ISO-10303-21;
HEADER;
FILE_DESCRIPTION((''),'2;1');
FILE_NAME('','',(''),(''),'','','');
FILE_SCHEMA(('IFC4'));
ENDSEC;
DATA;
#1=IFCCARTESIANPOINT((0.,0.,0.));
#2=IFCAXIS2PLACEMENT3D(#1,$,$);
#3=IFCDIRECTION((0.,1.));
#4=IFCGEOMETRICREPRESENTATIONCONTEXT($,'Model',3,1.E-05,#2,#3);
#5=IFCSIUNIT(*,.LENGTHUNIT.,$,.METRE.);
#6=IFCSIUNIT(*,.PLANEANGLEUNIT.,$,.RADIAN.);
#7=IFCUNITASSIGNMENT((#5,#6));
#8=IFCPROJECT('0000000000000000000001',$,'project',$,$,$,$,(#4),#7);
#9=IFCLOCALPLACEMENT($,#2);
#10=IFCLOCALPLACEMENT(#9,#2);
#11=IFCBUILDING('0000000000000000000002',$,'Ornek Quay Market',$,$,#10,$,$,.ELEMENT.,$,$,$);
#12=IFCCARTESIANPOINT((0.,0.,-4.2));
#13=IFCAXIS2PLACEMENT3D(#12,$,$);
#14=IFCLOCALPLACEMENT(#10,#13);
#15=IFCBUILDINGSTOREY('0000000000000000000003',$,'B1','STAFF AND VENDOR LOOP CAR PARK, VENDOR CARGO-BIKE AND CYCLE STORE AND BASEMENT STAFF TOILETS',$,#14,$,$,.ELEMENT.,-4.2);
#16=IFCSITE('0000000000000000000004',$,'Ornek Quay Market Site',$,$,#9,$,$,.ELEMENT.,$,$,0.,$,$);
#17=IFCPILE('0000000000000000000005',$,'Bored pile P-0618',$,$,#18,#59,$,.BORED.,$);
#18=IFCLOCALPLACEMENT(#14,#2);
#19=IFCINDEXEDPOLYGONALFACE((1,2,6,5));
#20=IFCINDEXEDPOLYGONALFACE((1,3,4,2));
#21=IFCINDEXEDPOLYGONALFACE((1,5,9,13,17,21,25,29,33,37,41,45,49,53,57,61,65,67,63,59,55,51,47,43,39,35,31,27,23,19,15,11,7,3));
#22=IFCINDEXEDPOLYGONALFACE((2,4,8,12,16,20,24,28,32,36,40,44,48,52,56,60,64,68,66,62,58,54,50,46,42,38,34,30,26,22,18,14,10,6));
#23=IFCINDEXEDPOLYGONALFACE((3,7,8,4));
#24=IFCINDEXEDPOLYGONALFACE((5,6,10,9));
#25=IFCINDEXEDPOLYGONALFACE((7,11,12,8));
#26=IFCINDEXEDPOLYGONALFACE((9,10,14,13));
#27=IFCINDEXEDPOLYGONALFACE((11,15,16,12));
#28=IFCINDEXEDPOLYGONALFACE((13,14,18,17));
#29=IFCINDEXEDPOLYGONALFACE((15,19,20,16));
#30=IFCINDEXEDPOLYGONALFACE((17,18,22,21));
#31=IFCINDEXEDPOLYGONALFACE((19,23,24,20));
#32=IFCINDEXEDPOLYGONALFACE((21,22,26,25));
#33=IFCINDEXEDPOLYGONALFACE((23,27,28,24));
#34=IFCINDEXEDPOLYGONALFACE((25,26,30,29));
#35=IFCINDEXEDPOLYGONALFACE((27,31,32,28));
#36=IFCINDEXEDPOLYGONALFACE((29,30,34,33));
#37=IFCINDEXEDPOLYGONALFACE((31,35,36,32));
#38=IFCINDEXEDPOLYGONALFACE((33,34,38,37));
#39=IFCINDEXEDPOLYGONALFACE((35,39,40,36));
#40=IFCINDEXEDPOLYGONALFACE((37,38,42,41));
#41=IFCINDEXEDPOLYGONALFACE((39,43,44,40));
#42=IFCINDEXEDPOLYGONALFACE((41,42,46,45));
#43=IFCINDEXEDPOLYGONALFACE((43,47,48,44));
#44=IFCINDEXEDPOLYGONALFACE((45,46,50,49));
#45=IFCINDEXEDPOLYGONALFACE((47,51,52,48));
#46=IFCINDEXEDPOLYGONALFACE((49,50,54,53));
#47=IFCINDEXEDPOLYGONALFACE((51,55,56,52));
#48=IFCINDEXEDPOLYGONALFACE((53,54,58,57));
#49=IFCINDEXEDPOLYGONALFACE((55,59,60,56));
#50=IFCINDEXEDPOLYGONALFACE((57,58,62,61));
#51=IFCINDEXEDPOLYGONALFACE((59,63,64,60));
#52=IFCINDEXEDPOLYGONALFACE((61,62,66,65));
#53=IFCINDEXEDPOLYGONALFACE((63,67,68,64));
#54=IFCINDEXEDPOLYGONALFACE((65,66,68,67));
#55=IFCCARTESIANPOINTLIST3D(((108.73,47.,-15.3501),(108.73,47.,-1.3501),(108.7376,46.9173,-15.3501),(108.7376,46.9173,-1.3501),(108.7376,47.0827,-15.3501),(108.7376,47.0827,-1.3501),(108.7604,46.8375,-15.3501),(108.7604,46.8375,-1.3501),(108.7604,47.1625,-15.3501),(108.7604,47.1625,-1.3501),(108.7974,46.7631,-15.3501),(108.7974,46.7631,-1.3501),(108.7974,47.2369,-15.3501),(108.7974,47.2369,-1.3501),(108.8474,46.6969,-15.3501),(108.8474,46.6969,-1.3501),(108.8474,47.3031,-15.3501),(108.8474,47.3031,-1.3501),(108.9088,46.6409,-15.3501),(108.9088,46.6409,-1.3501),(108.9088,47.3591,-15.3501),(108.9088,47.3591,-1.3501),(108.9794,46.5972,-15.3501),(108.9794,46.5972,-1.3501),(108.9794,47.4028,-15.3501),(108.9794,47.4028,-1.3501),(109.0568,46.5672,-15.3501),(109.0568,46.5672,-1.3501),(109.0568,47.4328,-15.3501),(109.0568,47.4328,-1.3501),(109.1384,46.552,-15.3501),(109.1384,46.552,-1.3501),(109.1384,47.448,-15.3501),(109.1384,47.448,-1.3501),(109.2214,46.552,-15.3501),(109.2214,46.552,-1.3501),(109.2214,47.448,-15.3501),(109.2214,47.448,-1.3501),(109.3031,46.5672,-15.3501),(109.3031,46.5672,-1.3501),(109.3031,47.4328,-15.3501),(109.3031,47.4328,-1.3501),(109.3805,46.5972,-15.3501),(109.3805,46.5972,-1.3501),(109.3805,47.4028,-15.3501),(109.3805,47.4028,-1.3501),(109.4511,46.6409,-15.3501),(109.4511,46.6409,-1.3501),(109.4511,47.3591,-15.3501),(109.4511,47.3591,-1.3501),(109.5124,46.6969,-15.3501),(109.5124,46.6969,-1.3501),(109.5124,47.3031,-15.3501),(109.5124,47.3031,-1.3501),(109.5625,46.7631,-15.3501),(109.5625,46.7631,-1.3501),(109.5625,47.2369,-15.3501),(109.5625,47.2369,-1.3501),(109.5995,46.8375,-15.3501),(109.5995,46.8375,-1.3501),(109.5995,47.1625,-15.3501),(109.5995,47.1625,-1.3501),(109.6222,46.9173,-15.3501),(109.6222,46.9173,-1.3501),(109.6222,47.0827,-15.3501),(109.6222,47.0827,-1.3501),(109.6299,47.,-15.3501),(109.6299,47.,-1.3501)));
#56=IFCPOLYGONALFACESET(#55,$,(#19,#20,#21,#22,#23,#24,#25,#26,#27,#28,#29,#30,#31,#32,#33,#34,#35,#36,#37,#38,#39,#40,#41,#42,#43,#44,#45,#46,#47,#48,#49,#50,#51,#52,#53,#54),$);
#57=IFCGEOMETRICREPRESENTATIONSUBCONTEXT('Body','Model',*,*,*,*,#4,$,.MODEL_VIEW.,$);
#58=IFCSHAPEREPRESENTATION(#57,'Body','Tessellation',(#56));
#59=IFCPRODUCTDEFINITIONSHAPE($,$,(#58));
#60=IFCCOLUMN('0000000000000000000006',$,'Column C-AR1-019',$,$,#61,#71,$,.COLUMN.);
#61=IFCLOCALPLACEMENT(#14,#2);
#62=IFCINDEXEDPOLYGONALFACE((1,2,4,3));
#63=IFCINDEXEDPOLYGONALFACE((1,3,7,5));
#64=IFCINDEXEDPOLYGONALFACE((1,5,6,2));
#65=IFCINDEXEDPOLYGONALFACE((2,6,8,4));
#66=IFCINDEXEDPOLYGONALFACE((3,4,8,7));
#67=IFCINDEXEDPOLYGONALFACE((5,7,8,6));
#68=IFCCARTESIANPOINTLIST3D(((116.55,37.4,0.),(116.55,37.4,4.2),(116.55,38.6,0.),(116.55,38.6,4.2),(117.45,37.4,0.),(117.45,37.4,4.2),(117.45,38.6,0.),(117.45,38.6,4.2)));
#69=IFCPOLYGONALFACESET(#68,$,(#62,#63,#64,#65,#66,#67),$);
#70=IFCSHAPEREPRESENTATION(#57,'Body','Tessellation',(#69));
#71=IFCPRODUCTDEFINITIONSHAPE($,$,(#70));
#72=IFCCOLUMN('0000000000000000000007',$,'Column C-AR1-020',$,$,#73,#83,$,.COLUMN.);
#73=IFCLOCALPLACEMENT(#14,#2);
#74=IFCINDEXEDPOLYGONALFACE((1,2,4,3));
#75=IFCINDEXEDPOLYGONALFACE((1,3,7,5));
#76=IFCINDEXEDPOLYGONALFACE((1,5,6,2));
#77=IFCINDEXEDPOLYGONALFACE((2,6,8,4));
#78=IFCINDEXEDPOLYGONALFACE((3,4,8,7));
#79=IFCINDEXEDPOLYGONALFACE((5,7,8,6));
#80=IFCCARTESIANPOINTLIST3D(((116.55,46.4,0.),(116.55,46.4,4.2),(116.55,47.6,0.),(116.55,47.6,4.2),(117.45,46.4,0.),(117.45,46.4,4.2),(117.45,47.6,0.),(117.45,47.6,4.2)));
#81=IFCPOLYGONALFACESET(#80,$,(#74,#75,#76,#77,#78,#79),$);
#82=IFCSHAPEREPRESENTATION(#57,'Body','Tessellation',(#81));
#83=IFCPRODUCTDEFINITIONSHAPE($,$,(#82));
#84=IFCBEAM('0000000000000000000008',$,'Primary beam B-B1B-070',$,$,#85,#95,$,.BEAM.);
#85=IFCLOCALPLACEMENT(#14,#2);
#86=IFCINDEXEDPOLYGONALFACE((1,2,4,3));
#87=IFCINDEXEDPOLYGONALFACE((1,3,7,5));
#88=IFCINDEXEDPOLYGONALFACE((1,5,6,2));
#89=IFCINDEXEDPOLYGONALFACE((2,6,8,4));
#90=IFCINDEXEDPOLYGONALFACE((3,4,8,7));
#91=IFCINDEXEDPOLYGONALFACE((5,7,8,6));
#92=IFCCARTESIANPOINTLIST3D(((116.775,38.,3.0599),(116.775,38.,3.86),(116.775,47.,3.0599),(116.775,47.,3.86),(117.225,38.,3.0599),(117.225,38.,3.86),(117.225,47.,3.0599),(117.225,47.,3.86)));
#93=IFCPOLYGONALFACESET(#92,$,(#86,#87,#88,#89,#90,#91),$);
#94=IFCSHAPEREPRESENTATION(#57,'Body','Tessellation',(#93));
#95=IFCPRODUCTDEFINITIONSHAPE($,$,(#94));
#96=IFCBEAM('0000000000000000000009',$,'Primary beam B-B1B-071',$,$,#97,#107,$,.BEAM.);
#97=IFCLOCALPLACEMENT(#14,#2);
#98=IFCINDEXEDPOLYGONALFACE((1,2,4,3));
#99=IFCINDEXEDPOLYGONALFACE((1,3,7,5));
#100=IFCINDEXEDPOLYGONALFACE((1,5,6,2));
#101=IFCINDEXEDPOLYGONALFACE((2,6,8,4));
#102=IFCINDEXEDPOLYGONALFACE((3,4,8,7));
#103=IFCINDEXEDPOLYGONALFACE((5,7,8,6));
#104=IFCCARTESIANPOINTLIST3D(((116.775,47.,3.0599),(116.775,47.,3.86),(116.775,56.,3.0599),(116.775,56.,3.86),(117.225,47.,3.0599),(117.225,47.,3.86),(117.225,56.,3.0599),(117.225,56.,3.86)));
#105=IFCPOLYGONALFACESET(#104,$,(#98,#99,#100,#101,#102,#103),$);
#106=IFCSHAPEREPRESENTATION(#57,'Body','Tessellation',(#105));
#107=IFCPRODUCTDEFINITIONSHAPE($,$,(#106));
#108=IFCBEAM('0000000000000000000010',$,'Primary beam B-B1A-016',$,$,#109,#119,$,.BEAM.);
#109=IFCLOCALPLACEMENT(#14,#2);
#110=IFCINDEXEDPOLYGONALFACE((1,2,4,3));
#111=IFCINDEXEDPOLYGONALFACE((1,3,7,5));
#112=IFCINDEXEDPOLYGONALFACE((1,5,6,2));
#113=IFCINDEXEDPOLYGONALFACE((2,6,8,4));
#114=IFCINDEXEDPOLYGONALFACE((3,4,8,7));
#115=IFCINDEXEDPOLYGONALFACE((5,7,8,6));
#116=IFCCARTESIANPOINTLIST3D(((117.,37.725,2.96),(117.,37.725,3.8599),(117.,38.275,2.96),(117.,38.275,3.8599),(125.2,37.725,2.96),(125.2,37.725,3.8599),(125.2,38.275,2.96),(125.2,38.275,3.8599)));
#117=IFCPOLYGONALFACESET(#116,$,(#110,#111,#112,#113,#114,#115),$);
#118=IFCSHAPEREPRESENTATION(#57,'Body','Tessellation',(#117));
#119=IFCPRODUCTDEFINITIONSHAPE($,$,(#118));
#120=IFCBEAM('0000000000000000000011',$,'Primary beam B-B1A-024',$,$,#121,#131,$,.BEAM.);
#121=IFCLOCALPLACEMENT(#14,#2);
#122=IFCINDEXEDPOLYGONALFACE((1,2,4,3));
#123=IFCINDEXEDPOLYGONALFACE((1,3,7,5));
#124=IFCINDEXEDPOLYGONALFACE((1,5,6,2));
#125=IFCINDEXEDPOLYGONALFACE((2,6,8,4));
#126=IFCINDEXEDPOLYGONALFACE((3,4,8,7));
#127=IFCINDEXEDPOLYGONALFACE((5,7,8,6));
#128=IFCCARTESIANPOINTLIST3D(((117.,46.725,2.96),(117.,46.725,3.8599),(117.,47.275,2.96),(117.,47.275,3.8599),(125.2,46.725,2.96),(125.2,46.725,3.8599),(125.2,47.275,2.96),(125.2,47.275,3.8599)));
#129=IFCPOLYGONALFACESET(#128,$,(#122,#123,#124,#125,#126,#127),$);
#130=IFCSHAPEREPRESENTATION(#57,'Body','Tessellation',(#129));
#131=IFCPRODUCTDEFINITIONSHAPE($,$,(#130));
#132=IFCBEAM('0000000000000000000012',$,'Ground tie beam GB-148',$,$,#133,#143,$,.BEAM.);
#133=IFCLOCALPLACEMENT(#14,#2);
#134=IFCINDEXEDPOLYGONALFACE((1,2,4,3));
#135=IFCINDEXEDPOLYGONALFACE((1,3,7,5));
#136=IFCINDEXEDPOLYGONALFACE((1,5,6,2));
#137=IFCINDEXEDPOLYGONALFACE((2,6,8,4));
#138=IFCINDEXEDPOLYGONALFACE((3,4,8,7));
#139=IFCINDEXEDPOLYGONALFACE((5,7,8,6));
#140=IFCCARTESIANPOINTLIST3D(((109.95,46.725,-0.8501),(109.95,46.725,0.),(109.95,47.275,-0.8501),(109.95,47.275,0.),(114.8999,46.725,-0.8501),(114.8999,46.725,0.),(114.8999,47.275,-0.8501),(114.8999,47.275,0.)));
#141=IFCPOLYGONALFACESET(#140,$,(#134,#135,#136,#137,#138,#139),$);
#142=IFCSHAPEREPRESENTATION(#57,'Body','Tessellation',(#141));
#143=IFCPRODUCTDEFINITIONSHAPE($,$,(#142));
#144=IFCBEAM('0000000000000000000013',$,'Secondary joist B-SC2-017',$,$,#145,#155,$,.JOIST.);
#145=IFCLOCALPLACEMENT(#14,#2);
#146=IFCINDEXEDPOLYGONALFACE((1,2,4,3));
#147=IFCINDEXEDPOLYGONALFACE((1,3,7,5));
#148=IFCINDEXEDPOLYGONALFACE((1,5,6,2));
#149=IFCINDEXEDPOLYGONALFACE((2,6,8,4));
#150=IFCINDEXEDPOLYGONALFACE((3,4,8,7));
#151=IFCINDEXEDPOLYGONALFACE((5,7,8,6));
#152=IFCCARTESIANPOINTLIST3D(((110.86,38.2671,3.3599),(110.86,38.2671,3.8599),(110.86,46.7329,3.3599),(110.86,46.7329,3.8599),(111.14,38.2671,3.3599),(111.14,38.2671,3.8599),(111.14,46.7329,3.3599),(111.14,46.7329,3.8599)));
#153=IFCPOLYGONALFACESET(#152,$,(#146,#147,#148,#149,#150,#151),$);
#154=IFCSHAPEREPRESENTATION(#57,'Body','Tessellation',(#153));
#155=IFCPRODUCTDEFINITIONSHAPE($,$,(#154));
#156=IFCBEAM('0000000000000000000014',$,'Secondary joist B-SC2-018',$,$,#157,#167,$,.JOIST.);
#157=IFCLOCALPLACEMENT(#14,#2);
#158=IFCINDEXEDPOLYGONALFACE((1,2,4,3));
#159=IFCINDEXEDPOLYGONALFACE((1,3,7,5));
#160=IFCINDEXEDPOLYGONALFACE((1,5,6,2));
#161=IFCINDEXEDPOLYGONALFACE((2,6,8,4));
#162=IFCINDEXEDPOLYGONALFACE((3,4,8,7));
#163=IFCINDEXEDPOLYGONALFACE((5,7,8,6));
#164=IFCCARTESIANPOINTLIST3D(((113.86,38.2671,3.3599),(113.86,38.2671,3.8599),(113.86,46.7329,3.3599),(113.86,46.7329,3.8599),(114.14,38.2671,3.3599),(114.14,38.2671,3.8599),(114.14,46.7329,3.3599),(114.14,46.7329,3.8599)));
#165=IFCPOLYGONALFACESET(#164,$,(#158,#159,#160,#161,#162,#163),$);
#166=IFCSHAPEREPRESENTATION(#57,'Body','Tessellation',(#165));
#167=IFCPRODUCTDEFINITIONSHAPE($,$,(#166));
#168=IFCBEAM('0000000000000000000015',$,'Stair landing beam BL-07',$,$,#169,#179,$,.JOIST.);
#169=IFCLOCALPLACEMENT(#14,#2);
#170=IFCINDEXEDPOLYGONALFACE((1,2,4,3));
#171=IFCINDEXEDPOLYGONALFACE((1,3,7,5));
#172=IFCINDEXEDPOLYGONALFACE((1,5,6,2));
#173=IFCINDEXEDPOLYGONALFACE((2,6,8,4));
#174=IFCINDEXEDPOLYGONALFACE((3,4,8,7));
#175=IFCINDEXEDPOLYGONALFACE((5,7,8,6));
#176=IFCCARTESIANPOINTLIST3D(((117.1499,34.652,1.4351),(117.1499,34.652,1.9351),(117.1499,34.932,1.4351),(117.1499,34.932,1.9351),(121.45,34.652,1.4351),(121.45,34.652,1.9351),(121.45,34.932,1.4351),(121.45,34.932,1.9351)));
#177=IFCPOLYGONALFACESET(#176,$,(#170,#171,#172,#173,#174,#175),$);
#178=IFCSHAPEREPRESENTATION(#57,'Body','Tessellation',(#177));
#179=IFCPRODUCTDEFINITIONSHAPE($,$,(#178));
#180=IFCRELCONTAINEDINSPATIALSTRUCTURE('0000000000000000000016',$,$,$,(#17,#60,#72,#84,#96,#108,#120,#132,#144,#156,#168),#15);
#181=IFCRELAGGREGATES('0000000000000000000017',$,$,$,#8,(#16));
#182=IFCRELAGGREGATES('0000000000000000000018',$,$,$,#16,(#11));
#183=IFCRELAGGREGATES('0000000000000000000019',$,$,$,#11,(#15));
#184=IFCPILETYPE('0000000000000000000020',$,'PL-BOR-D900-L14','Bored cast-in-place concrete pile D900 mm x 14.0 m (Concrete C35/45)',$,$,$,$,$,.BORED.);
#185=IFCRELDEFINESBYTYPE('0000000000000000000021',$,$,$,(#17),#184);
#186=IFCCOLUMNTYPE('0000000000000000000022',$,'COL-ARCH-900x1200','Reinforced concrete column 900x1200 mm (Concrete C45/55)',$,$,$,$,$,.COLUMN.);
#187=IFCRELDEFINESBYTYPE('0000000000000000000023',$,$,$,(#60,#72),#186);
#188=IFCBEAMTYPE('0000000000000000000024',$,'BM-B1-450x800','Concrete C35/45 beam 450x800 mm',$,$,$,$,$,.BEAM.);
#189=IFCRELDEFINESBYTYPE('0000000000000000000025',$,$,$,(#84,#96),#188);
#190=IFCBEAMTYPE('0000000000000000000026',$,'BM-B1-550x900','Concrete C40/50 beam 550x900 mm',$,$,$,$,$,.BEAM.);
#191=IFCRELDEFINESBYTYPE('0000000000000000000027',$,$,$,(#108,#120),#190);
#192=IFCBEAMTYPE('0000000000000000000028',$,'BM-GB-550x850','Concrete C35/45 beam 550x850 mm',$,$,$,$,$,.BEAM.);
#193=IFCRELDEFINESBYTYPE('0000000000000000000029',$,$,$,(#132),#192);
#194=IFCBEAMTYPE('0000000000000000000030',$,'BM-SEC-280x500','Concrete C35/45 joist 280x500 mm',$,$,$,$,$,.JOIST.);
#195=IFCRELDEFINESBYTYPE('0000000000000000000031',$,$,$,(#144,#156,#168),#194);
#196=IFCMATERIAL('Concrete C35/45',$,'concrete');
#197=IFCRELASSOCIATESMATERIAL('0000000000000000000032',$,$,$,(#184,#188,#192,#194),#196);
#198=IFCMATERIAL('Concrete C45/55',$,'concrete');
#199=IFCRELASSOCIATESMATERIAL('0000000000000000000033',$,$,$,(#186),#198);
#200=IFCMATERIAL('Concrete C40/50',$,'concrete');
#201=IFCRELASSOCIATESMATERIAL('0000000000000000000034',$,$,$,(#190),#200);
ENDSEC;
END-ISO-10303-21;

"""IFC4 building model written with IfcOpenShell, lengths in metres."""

from ifc_helpers import new_model, si_unit, direction, frame, origin, origin_2d, place, context, subcontext, project, spatial, rectangle, circle, extrude, material, material_profile, profile_set, type_object, element, save


model = new_model("IFC4")

# Units and contexts
model_context = context("Model", 3, precision=1e-05, world=origin(), true_north=direction((0.0, 1.0)))
body_context = subcontext(model_context, "Body", "Model", "MODEL_VIEW")
ifc_project = project(units=[si_unit("LENGTHUNIT", "METRE"), si_unit("PLANEANGLEUNIT", "RADIAN")], contexts=[model_context])

# Site, building, storey
site_placement = place(None, origin())
site = spatial("IfcSite", under=ifc_project, at=site_placement, Name="Ornek Quay Market Site", CompositionType="ELEMENT", RefElevation=0.0)
building_placement = place(site_placement, origin())
building = spatial("IfcBuilding", under=site, at=building_placement, Name="Ornek Quay Market", CompositionType="ELEMENT")
storey_placement = place(building_placement, frame((0.0, 0.0, -4.2)))
storey = spatial("IfcBuildingStorey", under=building, at=storey_placement, Name="B1", Description="STAFF AND VENDOR LOOP CAR PARK, VENDOR CARGO-BIKE AND CYCLE STORE AND BASEMENT STAFF TOILETS", CompositionType="ELEMENT", Elevation=-4.2)

# Pile
ifc_material_1 = material(Name="Concrete C35/45", Category="concrete")
ifc_material_profile_1 = material_profile(ifc_material_1, circle(Radius=0.45, at=origin_2d()), Name="PILE D900", Category="concrete")
ifc_profile_set_1 = profile_set([ifc_material_profile_1], Name="Concrete C35/45")
pile_type_1 = type_object("IfcPileType", Name="PL-BOR-D900-L14", Description="Bored cast-in-place concrete pile D900 mm x 14.0 m (Concrete C35/45)", PredefinedType="BORED", material=ifc_profile_set_1)
for number, where, z_axis, x_axis, name in (
    (1, (109.1799, 47.0, -1.3501), (0.0, 0.0, -1.0), (1.0, 0.0, 0.0), "Bored pile P-0618"),
):
    element("IfcPile", number, at=place(storey_placement, frame(where, z_axis=z_axis, x_axis=x_axis)), inside=storey, type_object=pile_type_1, Name=name, PredefinedType="BORED", context=body_context, shape_type="SweptSolid", body=[
        extrude(circle(Radius=0.45, at=origin_2d()), origin(), (0.0, 0.0, 1.0), 14.0),
    ])

# Columns
ifc_material_2 = material(Name="Concrete C45/55", Category="concrete")
ifc_material_profile_2 = material_profile(ifc_material_2, rectangle(XDim=0.8999, YDim=1.2, at=origin_2d()), Name="RC 900x1200", Category="concrete")
ifc_profile_set_2 = profile_set([ifc_material_profile_2], Name="Concrete C45/55")
column_type = type_object("IfcColumnType", Name="COL-ARCH-900x1200", Description="Reinforced concrete column 900x1200 mm (Concrete C45/55)", PredefinedType="COLUMN", material=ifc_profile_set_2)
for number, where, z_axis, x_axis, name in (
    (2, (117.0, 38.0, 0.0), (0.0, 0.0, 1.0), (1.0, 0.0, 0.0), "Column C-AR1-019"),
    (3, (117.0, 47.0, 0.0), (0.0, 0.0, 1.0), (1.0, 0.0, 0.0), "Column C-AR1-020"),
):
    element("IfcColumn", number, at=place(storey_placement, frame(where, z_axis=z_axis, x_axis=x_axis)), inside=storey, type_object=column_type, Name=name, PredefinedType="COLUMN", context=body_context, shape_type="SweptSolid", body=[
        extrude(rectangle(XDim=0.8999, YDim=1.2, at=origin_2d()), origin(), (0.0, 0.0, 1.0), 4.2),
    ])

# Beams
ifc_material_profile_3 = material_profile(ifc_material_1, rectangle(XDim=0.45, YDim=0.8, at=origin_2d()), Name="RC 450x800", Category="concrete")
ifc_profile_set_3 = profile_set([ifc_material_profile_3], Name="Concrete C35/45")
beam_type_1 = type_object("IfcBeamType", Name="BM-B1-450x800", Description="Concrete C35/45 beam 450x800 mm", PredefinedType="BEAM", material=ifc_profile_set_3)
for number, where, z_axis, x_axis, name in (
    (4, (117.0, 38.0, 3.46), (0.0, 1.0, 0.0), (-1.0, 0.0, 0.0), "Primary beam B-B1B-070"),
    (5, (117.0, 47.0, 3.46), (0.0, 1.0, 0.0), (-1.0, 0.0, 0.0), "Primary beam B-B1B-071"),
):
    element("IfcBeam", number, at=place(storey_placement, frame(where, z_axis=z_axis, x_axis=x_axis)), inside=storey, type_object=beam_type_1, Name=name, PredefinedType="BEAM", context=body_context, shape_type="SweptSolid", body=[
        extrude(rectangle(XDim=0.45, YDim=0.8, at=origin_2d()), origin(), (0.0, 0.0, 1.0), 9.0),
    ])
ifc_material_3 = material(Name="Concrete C40/50", Category="concrete")
ifc_material_profile_4 = material_profile(ifc_material_3, rectangle(XDim=0.55, YDim=0.8999, at=origin_2d()), Name="RC 550x900", Category="concrete")
ifc_profile_set_4 = profile_set([ifc_material_profile_4], Name="Concrete C40/50")
beam_type_2 = type_object("IfcBeamType", Name="BM-B1-550x900", Description="Concrete C40/50 beam 550x900 mm", PredefinedType="BEAM", material=ifc_profile_set_4)
for number, where, z_axis, x_axis, name in (
    (6, (117.0, 38.0, 3.4099), (1.0, 0.0, 0.0), (0.0, 1.0, 0.0), "Primary beam B-B1A-016"),
    (7, (117.0, 47.0, 3.4099), (1.0, 0.0, 0.0), (0.0, 1.0, 0.0), "Primary beam B-B1A-024"),
):
    element("IfcBeam", number, at=place(storey_placement, frame(where, z_axis=z_axis, x_axis=x_axis)), inside=storey, type_object=beam_type_2, Name=name, PredefinedType="BEAM", context=body_context, shape_type="SweptSolid", body=[
        extrude(rectangle(XDim=0.55, YDim=0.8999, at=origin_2d()), origin(), (0.0, 0.0, 1.0), 8.2),
    ])
ifc_material_profile_5 = material_profile(ifc_material_1, rectangle(XDim=0.55, YDim=0.8501, at=origin_2d()), Name="RC 550x850", Category="concrete")
ifc_profile_set_5 = profile_set([ifc_material_profile_5], Name="Concrete C35/45")
beam_type_3 = type_object("IfcBeamType", Name="BM-GB-550x850", Description="Concrete C35/45 beam 550x850 mm", PredefinedType="BEAM", material=ifc_profile_set_5)
beam_1_placement = place(storey_placement, frame((109.95, 47.0, -0.425), z_axis=(1.0, 0.0, 0.0), x_axis=(0.0, 1.0, 0.0)))
element("IfcBeam", 8, at=beam_1_placement, inside=storey, type_object=beam_type_3, Name="Ground tie beam GB-148", PredefinedType="BEAM", context=body_context, shape_type="SweptSolid", body=[
    extrude(rectangle(XDim=0.55, YDim=0.8501, at=origin_2d()), origin(), (0.0, 0.0, 1.0), 4.95),
])
ifc_material_profile_6 = material_profile(ifc_material_1, rectangle(XDim=0.28, YDim=0.5, at=origin_2d()), Name="RC 280x500", Category="concrete")
ifc_profile_set_6 = profile_set([ifc_material_profile_6], Name="Concrete C35/45")
beam_type_4 = type_object("IfcBeamType", Name="BM-SEC-280x500", Description="Concrete C35/45 joist 280x500 mm", PredefinedType="JOIST", material=ifc_profile_set_6)
for number, where, z_axis, x_axis, name in (
    (9, (111.0, 38.2671, 3.6099), (0.0, 1.0, 0.0), (-1.0, 0.0, 0.0), "Secondary joist B-SC2-017"),
    (10, (114.0, 38.2671, 3.6099), (0.0, 1.0, 0.0), (-1.0, 0.0, 0.0), "Secondary joist B-SC2-018"),
):
    element("IfcBeam", number, at=place(storey_placement, frame(where, z_axis=z_axis, x_axis=x_axis)), inside=storey, type_object=beam_type_4, Name=name, PredefinedType="JOIST", context=body_context, shape_type="SweptSolid", body=[
        extrude(rectangle(XDim=0.28, YDim=0.5, at=origin_2d()), origin(), (0.0, 0.0, 1.0), 8.4658),
    ])
beam_2_placement = place(storey_placement, frame((117.1499, 34.792, 1.6851), z_axis=(1.0, 0.0, 0.0), x_axis=(0.0, 1.0, 0.0)))
element("IfcBeam", 11, at=beam_2_placement, inside=storey, type_object=beam_type_4, Name="Stair landing beam BL-07", PredefinedType="JOIST", context=body_context, shape_type="SweptSolid", body=[
    extrude(rectangle(XDim=0.28, YDim=0.5, at=origin_2d()), origin(), (0.0, 0.0, 1.0), 4.3),
])

save(model, "model.ifc")
